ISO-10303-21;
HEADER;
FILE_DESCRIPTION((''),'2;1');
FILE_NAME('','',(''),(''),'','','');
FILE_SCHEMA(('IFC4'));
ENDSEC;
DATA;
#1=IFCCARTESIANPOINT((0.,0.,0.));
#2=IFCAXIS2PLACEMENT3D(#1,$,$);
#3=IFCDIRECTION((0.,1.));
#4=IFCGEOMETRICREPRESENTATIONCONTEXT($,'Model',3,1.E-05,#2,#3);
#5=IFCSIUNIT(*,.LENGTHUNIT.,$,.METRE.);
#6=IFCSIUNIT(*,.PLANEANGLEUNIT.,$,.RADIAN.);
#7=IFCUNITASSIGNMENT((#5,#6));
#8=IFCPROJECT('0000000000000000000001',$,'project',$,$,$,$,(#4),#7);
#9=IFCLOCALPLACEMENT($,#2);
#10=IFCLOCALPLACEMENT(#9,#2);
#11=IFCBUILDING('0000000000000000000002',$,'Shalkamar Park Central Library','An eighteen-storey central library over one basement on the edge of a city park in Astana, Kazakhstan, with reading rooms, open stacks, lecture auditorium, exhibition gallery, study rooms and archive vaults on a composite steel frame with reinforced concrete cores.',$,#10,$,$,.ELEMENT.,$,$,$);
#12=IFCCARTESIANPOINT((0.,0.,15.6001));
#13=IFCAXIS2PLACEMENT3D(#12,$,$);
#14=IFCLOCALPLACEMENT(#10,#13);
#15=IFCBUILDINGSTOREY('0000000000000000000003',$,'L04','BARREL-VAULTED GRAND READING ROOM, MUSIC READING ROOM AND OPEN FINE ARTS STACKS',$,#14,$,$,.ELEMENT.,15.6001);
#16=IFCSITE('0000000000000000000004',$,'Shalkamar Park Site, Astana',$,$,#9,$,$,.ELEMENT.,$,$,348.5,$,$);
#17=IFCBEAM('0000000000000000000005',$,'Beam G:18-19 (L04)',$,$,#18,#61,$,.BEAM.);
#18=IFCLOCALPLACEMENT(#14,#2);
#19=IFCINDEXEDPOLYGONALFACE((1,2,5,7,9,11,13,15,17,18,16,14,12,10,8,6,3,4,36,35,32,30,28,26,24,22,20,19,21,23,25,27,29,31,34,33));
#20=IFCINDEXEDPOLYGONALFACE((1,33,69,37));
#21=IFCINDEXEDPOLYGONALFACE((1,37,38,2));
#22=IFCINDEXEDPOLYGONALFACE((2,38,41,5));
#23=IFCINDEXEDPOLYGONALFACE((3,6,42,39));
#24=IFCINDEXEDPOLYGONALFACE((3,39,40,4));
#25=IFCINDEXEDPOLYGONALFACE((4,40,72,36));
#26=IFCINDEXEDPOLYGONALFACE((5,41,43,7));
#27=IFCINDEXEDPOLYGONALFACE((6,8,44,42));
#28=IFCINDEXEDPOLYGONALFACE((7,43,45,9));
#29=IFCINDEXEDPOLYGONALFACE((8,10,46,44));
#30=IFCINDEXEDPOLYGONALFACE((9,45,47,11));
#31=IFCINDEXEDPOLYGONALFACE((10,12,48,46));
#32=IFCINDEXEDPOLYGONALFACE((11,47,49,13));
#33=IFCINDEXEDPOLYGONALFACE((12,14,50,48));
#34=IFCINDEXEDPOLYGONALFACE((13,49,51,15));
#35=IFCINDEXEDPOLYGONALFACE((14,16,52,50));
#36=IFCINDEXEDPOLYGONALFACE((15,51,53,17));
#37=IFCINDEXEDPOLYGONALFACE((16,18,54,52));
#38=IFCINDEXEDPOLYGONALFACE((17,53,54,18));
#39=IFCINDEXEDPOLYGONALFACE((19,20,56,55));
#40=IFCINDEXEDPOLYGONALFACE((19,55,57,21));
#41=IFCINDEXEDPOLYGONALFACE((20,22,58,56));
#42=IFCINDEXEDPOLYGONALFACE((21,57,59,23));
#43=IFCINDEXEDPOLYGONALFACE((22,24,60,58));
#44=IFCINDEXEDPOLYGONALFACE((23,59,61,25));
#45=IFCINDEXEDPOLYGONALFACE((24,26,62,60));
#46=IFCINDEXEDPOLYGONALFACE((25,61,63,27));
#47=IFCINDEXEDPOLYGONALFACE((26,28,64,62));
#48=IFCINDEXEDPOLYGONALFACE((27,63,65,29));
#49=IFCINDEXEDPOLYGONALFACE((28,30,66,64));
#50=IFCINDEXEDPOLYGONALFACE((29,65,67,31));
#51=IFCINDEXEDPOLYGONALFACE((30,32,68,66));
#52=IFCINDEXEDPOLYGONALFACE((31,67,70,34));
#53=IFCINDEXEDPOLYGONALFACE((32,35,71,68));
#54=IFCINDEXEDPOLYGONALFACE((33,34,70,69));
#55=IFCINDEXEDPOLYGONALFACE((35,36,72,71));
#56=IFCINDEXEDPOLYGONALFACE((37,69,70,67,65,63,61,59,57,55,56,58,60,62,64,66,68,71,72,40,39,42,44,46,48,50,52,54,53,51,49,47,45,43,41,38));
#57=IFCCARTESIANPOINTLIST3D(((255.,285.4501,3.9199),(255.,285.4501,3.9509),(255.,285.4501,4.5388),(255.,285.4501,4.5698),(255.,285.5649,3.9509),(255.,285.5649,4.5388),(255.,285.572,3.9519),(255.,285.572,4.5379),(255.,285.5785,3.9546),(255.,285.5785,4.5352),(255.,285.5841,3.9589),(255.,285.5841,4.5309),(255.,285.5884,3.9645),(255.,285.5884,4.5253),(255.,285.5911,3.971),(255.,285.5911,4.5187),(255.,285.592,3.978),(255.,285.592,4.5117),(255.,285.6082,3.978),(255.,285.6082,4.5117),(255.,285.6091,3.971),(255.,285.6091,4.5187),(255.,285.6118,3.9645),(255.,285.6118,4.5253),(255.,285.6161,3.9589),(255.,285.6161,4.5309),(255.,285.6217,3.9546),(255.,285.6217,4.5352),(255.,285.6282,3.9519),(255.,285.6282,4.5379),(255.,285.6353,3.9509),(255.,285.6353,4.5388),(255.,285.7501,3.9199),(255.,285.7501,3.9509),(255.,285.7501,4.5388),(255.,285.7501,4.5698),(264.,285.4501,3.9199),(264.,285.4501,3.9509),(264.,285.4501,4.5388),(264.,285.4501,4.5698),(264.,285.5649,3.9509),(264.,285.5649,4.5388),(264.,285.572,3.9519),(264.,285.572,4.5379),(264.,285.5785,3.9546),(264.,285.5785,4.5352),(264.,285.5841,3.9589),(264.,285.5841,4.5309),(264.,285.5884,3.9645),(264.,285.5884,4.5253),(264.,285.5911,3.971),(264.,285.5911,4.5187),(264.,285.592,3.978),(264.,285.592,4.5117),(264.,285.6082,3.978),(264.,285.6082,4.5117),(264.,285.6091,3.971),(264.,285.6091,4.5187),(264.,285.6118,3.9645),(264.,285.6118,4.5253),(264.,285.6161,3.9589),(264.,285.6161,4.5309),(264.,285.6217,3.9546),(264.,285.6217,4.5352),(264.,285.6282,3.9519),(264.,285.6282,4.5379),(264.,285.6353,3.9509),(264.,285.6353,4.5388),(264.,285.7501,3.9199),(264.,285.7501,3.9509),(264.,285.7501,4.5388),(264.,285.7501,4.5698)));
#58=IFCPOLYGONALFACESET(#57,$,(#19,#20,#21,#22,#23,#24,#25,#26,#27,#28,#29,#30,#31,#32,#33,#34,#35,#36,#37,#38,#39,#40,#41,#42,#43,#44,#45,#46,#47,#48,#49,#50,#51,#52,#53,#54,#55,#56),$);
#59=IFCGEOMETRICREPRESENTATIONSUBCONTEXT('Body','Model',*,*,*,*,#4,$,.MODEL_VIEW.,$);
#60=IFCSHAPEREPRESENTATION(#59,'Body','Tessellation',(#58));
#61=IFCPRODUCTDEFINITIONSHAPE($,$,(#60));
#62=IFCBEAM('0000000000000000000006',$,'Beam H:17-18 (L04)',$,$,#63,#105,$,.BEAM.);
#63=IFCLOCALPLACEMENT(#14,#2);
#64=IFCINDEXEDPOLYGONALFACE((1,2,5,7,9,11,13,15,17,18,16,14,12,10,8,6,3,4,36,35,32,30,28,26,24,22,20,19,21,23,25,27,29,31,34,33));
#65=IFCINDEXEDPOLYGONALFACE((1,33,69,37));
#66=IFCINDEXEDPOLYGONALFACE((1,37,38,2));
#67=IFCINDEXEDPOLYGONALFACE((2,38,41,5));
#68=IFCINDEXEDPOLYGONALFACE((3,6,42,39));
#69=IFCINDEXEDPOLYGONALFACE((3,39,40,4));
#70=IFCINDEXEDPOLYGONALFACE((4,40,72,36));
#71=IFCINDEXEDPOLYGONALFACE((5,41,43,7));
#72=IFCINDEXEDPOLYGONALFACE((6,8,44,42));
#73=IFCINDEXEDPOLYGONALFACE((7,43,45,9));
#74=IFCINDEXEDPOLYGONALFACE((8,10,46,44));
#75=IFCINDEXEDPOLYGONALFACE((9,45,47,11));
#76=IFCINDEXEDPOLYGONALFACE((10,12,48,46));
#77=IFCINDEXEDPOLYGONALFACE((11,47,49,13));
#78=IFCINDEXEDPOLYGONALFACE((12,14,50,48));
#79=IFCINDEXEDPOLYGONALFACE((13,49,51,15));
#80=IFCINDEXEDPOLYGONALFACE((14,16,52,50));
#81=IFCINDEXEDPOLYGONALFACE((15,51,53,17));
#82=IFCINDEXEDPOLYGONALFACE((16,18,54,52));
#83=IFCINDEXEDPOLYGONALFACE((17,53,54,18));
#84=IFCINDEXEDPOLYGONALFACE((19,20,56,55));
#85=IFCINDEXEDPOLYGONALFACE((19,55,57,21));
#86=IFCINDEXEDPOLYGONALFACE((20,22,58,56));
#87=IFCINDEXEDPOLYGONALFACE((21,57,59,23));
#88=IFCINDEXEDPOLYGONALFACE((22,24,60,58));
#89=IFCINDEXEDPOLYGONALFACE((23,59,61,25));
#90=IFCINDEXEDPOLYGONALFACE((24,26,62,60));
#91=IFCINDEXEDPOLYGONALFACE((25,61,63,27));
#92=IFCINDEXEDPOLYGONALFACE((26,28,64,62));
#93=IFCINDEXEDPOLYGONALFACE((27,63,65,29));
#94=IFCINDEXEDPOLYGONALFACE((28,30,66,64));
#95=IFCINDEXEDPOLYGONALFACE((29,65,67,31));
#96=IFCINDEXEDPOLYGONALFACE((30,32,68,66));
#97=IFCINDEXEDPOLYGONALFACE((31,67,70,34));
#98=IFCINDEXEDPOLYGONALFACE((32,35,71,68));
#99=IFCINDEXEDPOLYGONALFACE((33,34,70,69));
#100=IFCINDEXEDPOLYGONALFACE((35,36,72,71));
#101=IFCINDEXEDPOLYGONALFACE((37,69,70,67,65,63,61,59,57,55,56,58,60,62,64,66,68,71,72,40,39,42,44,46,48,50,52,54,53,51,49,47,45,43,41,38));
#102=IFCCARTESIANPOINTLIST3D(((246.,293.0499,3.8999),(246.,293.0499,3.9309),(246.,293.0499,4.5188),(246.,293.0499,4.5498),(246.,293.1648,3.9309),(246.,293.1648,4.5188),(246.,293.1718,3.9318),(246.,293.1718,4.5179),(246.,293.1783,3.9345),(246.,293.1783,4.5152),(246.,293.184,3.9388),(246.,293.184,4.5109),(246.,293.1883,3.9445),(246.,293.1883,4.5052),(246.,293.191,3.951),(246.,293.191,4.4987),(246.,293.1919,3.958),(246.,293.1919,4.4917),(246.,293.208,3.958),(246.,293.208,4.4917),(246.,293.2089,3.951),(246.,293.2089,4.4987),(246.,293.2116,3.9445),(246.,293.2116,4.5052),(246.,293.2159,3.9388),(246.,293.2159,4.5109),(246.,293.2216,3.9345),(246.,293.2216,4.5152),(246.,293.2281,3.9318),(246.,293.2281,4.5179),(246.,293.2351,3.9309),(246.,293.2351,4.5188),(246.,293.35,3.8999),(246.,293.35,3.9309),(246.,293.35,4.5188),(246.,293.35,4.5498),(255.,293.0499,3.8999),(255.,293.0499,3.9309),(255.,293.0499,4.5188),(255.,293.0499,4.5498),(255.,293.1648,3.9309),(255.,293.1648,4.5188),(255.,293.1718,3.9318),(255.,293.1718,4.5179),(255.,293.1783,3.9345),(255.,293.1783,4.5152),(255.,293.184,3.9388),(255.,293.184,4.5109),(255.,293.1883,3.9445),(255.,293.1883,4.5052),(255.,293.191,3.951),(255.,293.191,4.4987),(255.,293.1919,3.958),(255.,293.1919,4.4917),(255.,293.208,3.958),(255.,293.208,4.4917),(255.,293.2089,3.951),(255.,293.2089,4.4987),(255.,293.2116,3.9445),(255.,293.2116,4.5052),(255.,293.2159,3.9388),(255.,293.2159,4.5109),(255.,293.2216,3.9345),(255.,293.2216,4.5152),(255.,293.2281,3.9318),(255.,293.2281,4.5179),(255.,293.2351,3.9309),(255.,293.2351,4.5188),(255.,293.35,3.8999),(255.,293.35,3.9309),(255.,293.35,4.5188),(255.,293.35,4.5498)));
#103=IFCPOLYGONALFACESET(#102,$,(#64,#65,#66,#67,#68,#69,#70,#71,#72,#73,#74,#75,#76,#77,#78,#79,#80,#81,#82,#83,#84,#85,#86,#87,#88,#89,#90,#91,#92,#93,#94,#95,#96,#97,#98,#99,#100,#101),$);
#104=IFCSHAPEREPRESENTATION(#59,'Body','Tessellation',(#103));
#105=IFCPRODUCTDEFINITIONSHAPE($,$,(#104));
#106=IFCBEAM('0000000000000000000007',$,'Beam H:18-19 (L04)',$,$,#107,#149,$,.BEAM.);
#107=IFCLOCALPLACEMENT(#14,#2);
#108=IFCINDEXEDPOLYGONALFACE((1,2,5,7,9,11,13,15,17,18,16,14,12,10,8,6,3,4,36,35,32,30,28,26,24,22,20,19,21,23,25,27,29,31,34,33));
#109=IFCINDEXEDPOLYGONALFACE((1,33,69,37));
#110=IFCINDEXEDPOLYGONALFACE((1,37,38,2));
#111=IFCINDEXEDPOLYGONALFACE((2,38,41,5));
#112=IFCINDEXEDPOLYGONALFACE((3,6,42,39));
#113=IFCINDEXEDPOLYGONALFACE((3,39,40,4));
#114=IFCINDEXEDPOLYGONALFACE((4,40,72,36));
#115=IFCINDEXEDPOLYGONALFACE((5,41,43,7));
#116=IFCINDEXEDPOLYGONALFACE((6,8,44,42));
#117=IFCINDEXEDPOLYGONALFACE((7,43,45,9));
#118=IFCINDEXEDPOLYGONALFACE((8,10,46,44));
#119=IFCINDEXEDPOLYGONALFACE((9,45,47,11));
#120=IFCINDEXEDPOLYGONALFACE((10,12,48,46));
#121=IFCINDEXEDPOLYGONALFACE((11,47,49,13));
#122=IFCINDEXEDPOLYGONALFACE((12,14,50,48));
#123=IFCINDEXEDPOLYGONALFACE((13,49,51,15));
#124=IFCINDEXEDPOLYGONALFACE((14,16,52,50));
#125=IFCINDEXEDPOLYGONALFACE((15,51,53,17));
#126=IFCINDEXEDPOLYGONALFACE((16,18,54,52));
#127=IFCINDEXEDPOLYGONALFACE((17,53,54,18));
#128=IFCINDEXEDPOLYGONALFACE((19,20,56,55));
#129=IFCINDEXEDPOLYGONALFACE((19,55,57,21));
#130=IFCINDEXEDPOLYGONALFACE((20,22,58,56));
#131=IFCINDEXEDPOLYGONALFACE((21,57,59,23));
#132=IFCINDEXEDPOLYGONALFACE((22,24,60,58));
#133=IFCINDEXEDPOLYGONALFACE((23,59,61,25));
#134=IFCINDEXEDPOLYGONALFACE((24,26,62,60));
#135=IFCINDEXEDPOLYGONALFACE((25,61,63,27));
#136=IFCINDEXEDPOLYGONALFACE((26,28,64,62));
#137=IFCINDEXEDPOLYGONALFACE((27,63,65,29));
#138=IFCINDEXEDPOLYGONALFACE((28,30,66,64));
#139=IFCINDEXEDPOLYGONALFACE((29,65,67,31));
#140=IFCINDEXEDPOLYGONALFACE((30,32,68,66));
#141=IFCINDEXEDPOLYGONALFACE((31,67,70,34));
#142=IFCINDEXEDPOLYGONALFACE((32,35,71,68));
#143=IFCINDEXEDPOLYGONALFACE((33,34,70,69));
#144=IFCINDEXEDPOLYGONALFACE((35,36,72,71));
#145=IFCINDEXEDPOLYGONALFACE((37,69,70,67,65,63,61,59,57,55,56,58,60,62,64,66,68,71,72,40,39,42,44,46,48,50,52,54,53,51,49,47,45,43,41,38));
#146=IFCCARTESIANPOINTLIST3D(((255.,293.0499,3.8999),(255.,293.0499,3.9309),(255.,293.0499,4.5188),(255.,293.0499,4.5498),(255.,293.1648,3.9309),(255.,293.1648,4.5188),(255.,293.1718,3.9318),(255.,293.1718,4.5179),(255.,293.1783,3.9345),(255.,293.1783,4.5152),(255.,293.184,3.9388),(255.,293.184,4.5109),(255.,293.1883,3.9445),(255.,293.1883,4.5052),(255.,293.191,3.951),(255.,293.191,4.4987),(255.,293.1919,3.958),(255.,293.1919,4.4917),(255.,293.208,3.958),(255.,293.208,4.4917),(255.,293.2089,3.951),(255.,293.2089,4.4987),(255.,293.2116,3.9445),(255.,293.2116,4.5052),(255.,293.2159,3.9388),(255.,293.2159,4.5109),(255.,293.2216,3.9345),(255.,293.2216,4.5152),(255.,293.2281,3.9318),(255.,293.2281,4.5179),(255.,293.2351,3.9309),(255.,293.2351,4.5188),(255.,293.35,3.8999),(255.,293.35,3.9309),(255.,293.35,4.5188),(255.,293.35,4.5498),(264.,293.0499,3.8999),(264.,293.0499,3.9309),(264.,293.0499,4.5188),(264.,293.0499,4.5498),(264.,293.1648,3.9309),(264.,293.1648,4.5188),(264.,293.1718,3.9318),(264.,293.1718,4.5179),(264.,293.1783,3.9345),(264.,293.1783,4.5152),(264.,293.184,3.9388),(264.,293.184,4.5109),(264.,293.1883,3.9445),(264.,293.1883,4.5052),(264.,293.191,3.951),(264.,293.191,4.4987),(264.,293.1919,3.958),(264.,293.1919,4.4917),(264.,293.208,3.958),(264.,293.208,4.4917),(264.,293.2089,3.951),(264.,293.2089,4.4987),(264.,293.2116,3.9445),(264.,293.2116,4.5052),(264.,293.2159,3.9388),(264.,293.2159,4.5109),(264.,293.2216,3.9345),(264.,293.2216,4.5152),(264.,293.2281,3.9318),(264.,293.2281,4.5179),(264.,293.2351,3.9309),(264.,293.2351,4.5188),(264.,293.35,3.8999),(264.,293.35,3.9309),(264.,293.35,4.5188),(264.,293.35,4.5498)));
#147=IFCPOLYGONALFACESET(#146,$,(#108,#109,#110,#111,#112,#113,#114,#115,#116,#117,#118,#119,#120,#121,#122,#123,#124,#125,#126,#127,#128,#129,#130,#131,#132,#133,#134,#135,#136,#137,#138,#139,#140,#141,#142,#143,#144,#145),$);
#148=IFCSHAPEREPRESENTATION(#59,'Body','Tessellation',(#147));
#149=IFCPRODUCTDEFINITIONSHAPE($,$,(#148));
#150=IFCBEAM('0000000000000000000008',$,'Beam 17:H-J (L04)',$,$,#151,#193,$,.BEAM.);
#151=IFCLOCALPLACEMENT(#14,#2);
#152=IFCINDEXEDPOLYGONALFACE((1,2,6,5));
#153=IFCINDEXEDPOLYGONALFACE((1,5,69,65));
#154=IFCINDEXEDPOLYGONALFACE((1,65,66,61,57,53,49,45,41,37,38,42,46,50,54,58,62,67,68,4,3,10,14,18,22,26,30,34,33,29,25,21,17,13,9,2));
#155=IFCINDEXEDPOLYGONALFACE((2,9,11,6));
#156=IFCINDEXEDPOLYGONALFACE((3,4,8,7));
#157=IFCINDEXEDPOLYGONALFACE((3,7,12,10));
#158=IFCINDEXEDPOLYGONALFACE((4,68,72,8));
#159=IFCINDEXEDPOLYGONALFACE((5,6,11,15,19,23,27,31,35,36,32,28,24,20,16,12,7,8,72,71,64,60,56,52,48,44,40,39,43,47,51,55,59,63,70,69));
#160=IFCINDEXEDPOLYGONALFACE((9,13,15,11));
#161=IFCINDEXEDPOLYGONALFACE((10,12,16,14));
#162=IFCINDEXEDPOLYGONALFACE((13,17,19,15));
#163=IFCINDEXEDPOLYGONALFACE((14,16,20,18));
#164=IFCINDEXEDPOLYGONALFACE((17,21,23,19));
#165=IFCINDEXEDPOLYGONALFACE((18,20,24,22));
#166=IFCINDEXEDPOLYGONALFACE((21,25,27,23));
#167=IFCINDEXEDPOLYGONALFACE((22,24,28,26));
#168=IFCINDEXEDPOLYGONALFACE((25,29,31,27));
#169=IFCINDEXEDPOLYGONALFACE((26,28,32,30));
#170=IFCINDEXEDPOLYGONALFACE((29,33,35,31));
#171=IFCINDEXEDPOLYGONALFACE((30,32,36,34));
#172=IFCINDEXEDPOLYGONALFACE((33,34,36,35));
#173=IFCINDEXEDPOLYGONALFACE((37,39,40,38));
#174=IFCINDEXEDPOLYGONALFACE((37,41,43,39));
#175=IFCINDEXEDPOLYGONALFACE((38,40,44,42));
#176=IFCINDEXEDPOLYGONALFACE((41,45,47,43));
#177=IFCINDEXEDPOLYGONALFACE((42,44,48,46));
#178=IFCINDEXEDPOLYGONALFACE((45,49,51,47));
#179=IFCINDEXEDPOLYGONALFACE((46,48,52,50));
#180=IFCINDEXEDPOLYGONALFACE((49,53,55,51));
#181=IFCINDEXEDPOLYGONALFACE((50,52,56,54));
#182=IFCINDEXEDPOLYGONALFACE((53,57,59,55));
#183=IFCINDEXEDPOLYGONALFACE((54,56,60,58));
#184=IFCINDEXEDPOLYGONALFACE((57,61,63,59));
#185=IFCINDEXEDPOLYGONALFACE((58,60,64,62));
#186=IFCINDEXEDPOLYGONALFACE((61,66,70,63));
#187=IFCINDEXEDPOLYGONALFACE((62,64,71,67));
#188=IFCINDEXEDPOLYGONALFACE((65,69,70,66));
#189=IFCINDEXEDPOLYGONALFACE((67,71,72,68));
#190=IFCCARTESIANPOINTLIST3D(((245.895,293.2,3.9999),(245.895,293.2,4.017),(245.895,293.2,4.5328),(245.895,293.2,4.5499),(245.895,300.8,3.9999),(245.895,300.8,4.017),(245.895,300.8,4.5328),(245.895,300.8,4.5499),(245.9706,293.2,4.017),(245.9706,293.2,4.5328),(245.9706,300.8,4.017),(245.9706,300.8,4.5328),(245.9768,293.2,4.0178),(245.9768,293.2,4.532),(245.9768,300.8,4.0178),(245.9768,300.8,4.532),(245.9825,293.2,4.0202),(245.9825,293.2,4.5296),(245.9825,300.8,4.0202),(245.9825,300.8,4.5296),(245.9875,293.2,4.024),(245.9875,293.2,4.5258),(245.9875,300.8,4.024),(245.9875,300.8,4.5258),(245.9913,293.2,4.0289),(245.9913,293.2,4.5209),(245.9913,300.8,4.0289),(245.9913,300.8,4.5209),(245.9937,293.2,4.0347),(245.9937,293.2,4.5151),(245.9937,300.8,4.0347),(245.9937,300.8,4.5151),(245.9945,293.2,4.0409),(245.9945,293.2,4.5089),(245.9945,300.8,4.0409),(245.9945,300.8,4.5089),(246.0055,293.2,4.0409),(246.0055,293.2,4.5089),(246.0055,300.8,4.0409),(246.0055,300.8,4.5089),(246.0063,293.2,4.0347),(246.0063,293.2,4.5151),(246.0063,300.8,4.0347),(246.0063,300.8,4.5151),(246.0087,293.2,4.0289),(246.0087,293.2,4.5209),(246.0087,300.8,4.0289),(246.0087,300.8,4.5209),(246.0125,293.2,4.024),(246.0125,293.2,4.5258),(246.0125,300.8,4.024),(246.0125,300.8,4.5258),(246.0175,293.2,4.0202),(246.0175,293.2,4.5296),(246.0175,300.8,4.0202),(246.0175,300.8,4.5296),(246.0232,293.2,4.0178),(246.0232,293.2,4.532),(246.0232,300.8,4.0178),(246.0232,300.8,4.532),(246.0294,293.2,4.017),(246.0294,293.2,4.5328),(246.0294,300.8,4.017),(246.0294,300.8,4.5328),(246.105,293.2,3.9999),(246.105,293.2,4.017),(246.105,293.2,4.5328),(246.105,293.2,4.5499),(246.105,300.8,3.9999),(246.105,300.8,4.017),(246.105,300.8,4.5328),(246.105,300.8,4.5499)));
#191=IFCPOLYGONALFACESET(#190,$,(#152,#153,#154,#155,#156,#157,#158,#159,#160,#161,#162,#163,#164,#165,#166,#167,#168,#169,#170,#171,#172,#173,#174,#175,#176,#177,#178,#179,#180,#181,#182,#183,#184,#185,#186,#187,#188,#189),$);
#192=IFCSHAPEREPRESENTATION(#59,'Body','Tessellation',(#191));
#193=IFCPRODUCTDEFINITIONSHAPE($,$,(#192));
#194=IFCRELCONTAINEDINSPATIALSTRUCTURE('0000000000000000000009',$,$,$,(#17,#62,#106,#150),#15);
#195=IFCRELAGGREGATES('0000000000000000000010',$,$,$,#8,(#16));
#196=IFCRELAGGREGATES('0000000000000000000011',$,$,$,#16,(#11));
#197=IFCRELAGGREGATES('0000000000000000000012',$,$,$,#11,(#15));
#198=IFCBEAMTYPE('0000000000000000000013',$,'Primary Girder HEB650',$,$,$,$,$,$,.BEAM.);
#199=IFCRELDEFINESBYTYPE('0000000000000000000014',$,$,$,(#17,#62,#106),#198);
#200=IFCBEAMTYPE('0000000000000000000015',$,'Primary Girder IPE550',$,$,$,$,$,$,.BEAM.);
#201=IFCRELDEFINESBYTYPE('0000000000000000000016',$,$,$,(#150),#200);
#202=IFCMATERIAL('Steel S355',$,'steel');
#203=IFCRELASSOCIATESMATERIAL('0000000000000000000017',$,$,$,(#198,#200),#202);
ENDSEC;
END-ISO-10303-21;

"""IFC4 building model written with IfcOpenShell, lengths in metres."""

from ifc_helpers import new_model, si_unit, direction, frame, origin, origin_2d, place, context, subcontext, project, spatial, i_section, extrude, material, material_profile, profile_set, type_object, element, save


model = new_model("IFC4")

# Units and contexts
model_context = context("Model", 3, precision=1e-05, world=origin(), true_north=direction((0.0, 1.0)))
body_context = subcontext(model_context, "Body", "Model", "MODEL_VIEW")
ifc_project = project(units=[si_unit("LENGTHUNIT", "METRE"), si_unit("PLANEANGLEUNIT", "RADIAN")], contexts=[model_context])

# Site, building, storey
site_placement = place(None, origin())
site = spatial("IfcSite", under=ifc_project, at=site_placement, Name="Shalkamar Park Site, Astana", CompositionType="ELEMENT", RefElevation=348.5)
building_placement = place(site_placement, origin())
building = spatial("IfcBuilding", under=site, at=building_placement, Name="Shalkamar Park Central Library", Description="An eighteen-storey central library over one basement on the edge of a city park in Astana, Kazakhstan, with reading rooms, open stacks, lecture auditorium, exhibition gallery, study rooms and archive vaults on a composite steel frame with reinforced concrete cores.", CompositionType="ELEMENT")
storey_placement = place(building_placement, frame((0.0, 0.0, 15.6001)))
storey = spatial("IfcBuildingStorey", under=building, at=storey_placement, Name="L04", Description="BARREL-VAULTED GRAND READING ROOM, MUSIC READING ROOM AND OPEN FINE ARTS STACKS", CompositionType="ELEMENT", Elevation=15.6001)

# Shared definitions
ifc_material_1 = material(Name="Steel S355", Category="steel")

# Beams
ifc_material_profile_1 = material_profile(ifc_material_1, i_section(OverallWidth=0.3, OverallDepth=0.6499, WebThickness=0.0161, FlangeThickness=0.031, FilletRadius=0.0271, at=origin_2d()), Name="HEB 650")
ifc_profile_set_1 = profile_set([ifc_material_profile_1], Name="Steel S355")
beam_type_1 = type_object("IfcBeamType", Name="Primary Girder HEB650", PredefinedType="BEAM", material=ifc_profile_set_1)
for number, where, z_axis, x_axis, name in (
    (1, (255.0, 285.6001, 4.2449), (1.0, 0.0, 0.0), (0.0, 1.0, 0.0), "Beam G:18-19 (L04)"),
    (2, (246.0, 293.2, 4.2249), (1.0, 0.0, 0.0), (0.0, 1.0, 0.0), "Beam H:17-18 (L04)"),
    (3, (255.0, 293.2, 4.2249), (1.0, 0.0, 0.0), (0.0, 1.0, 0.0), "Beam H:18-19 (L04)"),
):
    element("IfcBeam", number, at=place(storey_placement, frame(where, z_axis=z_axis, x_axis=x_axis)), inside=storey, type_object=beam_type_1, Name=name, PredefinedType="BEAM", context=body_context, shape_type="SweptSolid", body=[
        extrude(i_section(OverallWidth=0.3, OverallDepth=0.6499, WebThickness=0.0161, FlangeThickness=0.031, FilletRadius=0.0271, at=origin_2d()), origin(), (0.0, 0.0, 1.0), 9.0),
    ])
ifc_material_profile_2 = material_profile(ifc_material_1, i_section(OverallWidth=0.21, OverallDepth=0.55, WebThickness=0.011, FlangeThickness=0.0171, FilletRadius=0.0239, at=origin_2d()), Name="IPE 550")
ifc_profile_set_2 = profile_set([ifc_material_profile_2], Name="Steel S355")
beam_type_2 = type_object("IfcBeamType", Name="Primary Girder IPE550", PredefinedType="BEAM", material=ifc_profile_set_2)
beam_1_placement = place(storey_placement, frame((246.0, 293.2, 4.2749), z_axis=(0.0, 1.0, 0.0), x_axis=(-1.0, 0.0, 0.0)))
element("IfcBeam", 4, at=beam_1_placement, inside=storey, type_object=beam_type_2, Name="Beam 17:H-J (L04)", PredefinedType="BEAM", context=body_context, shape_type="SweptSolid", body=[
    extrude(i_section(OverallWidth=0.21, OverallDepth=0.55, WebThickness=0.011, FlangeThickness=0.0171, FilletRadius=0.0239, at=origin_2d()), origin(), (0.0, 0.0, 1.0), 7.6001),
])

save(model, "model.ifc")
